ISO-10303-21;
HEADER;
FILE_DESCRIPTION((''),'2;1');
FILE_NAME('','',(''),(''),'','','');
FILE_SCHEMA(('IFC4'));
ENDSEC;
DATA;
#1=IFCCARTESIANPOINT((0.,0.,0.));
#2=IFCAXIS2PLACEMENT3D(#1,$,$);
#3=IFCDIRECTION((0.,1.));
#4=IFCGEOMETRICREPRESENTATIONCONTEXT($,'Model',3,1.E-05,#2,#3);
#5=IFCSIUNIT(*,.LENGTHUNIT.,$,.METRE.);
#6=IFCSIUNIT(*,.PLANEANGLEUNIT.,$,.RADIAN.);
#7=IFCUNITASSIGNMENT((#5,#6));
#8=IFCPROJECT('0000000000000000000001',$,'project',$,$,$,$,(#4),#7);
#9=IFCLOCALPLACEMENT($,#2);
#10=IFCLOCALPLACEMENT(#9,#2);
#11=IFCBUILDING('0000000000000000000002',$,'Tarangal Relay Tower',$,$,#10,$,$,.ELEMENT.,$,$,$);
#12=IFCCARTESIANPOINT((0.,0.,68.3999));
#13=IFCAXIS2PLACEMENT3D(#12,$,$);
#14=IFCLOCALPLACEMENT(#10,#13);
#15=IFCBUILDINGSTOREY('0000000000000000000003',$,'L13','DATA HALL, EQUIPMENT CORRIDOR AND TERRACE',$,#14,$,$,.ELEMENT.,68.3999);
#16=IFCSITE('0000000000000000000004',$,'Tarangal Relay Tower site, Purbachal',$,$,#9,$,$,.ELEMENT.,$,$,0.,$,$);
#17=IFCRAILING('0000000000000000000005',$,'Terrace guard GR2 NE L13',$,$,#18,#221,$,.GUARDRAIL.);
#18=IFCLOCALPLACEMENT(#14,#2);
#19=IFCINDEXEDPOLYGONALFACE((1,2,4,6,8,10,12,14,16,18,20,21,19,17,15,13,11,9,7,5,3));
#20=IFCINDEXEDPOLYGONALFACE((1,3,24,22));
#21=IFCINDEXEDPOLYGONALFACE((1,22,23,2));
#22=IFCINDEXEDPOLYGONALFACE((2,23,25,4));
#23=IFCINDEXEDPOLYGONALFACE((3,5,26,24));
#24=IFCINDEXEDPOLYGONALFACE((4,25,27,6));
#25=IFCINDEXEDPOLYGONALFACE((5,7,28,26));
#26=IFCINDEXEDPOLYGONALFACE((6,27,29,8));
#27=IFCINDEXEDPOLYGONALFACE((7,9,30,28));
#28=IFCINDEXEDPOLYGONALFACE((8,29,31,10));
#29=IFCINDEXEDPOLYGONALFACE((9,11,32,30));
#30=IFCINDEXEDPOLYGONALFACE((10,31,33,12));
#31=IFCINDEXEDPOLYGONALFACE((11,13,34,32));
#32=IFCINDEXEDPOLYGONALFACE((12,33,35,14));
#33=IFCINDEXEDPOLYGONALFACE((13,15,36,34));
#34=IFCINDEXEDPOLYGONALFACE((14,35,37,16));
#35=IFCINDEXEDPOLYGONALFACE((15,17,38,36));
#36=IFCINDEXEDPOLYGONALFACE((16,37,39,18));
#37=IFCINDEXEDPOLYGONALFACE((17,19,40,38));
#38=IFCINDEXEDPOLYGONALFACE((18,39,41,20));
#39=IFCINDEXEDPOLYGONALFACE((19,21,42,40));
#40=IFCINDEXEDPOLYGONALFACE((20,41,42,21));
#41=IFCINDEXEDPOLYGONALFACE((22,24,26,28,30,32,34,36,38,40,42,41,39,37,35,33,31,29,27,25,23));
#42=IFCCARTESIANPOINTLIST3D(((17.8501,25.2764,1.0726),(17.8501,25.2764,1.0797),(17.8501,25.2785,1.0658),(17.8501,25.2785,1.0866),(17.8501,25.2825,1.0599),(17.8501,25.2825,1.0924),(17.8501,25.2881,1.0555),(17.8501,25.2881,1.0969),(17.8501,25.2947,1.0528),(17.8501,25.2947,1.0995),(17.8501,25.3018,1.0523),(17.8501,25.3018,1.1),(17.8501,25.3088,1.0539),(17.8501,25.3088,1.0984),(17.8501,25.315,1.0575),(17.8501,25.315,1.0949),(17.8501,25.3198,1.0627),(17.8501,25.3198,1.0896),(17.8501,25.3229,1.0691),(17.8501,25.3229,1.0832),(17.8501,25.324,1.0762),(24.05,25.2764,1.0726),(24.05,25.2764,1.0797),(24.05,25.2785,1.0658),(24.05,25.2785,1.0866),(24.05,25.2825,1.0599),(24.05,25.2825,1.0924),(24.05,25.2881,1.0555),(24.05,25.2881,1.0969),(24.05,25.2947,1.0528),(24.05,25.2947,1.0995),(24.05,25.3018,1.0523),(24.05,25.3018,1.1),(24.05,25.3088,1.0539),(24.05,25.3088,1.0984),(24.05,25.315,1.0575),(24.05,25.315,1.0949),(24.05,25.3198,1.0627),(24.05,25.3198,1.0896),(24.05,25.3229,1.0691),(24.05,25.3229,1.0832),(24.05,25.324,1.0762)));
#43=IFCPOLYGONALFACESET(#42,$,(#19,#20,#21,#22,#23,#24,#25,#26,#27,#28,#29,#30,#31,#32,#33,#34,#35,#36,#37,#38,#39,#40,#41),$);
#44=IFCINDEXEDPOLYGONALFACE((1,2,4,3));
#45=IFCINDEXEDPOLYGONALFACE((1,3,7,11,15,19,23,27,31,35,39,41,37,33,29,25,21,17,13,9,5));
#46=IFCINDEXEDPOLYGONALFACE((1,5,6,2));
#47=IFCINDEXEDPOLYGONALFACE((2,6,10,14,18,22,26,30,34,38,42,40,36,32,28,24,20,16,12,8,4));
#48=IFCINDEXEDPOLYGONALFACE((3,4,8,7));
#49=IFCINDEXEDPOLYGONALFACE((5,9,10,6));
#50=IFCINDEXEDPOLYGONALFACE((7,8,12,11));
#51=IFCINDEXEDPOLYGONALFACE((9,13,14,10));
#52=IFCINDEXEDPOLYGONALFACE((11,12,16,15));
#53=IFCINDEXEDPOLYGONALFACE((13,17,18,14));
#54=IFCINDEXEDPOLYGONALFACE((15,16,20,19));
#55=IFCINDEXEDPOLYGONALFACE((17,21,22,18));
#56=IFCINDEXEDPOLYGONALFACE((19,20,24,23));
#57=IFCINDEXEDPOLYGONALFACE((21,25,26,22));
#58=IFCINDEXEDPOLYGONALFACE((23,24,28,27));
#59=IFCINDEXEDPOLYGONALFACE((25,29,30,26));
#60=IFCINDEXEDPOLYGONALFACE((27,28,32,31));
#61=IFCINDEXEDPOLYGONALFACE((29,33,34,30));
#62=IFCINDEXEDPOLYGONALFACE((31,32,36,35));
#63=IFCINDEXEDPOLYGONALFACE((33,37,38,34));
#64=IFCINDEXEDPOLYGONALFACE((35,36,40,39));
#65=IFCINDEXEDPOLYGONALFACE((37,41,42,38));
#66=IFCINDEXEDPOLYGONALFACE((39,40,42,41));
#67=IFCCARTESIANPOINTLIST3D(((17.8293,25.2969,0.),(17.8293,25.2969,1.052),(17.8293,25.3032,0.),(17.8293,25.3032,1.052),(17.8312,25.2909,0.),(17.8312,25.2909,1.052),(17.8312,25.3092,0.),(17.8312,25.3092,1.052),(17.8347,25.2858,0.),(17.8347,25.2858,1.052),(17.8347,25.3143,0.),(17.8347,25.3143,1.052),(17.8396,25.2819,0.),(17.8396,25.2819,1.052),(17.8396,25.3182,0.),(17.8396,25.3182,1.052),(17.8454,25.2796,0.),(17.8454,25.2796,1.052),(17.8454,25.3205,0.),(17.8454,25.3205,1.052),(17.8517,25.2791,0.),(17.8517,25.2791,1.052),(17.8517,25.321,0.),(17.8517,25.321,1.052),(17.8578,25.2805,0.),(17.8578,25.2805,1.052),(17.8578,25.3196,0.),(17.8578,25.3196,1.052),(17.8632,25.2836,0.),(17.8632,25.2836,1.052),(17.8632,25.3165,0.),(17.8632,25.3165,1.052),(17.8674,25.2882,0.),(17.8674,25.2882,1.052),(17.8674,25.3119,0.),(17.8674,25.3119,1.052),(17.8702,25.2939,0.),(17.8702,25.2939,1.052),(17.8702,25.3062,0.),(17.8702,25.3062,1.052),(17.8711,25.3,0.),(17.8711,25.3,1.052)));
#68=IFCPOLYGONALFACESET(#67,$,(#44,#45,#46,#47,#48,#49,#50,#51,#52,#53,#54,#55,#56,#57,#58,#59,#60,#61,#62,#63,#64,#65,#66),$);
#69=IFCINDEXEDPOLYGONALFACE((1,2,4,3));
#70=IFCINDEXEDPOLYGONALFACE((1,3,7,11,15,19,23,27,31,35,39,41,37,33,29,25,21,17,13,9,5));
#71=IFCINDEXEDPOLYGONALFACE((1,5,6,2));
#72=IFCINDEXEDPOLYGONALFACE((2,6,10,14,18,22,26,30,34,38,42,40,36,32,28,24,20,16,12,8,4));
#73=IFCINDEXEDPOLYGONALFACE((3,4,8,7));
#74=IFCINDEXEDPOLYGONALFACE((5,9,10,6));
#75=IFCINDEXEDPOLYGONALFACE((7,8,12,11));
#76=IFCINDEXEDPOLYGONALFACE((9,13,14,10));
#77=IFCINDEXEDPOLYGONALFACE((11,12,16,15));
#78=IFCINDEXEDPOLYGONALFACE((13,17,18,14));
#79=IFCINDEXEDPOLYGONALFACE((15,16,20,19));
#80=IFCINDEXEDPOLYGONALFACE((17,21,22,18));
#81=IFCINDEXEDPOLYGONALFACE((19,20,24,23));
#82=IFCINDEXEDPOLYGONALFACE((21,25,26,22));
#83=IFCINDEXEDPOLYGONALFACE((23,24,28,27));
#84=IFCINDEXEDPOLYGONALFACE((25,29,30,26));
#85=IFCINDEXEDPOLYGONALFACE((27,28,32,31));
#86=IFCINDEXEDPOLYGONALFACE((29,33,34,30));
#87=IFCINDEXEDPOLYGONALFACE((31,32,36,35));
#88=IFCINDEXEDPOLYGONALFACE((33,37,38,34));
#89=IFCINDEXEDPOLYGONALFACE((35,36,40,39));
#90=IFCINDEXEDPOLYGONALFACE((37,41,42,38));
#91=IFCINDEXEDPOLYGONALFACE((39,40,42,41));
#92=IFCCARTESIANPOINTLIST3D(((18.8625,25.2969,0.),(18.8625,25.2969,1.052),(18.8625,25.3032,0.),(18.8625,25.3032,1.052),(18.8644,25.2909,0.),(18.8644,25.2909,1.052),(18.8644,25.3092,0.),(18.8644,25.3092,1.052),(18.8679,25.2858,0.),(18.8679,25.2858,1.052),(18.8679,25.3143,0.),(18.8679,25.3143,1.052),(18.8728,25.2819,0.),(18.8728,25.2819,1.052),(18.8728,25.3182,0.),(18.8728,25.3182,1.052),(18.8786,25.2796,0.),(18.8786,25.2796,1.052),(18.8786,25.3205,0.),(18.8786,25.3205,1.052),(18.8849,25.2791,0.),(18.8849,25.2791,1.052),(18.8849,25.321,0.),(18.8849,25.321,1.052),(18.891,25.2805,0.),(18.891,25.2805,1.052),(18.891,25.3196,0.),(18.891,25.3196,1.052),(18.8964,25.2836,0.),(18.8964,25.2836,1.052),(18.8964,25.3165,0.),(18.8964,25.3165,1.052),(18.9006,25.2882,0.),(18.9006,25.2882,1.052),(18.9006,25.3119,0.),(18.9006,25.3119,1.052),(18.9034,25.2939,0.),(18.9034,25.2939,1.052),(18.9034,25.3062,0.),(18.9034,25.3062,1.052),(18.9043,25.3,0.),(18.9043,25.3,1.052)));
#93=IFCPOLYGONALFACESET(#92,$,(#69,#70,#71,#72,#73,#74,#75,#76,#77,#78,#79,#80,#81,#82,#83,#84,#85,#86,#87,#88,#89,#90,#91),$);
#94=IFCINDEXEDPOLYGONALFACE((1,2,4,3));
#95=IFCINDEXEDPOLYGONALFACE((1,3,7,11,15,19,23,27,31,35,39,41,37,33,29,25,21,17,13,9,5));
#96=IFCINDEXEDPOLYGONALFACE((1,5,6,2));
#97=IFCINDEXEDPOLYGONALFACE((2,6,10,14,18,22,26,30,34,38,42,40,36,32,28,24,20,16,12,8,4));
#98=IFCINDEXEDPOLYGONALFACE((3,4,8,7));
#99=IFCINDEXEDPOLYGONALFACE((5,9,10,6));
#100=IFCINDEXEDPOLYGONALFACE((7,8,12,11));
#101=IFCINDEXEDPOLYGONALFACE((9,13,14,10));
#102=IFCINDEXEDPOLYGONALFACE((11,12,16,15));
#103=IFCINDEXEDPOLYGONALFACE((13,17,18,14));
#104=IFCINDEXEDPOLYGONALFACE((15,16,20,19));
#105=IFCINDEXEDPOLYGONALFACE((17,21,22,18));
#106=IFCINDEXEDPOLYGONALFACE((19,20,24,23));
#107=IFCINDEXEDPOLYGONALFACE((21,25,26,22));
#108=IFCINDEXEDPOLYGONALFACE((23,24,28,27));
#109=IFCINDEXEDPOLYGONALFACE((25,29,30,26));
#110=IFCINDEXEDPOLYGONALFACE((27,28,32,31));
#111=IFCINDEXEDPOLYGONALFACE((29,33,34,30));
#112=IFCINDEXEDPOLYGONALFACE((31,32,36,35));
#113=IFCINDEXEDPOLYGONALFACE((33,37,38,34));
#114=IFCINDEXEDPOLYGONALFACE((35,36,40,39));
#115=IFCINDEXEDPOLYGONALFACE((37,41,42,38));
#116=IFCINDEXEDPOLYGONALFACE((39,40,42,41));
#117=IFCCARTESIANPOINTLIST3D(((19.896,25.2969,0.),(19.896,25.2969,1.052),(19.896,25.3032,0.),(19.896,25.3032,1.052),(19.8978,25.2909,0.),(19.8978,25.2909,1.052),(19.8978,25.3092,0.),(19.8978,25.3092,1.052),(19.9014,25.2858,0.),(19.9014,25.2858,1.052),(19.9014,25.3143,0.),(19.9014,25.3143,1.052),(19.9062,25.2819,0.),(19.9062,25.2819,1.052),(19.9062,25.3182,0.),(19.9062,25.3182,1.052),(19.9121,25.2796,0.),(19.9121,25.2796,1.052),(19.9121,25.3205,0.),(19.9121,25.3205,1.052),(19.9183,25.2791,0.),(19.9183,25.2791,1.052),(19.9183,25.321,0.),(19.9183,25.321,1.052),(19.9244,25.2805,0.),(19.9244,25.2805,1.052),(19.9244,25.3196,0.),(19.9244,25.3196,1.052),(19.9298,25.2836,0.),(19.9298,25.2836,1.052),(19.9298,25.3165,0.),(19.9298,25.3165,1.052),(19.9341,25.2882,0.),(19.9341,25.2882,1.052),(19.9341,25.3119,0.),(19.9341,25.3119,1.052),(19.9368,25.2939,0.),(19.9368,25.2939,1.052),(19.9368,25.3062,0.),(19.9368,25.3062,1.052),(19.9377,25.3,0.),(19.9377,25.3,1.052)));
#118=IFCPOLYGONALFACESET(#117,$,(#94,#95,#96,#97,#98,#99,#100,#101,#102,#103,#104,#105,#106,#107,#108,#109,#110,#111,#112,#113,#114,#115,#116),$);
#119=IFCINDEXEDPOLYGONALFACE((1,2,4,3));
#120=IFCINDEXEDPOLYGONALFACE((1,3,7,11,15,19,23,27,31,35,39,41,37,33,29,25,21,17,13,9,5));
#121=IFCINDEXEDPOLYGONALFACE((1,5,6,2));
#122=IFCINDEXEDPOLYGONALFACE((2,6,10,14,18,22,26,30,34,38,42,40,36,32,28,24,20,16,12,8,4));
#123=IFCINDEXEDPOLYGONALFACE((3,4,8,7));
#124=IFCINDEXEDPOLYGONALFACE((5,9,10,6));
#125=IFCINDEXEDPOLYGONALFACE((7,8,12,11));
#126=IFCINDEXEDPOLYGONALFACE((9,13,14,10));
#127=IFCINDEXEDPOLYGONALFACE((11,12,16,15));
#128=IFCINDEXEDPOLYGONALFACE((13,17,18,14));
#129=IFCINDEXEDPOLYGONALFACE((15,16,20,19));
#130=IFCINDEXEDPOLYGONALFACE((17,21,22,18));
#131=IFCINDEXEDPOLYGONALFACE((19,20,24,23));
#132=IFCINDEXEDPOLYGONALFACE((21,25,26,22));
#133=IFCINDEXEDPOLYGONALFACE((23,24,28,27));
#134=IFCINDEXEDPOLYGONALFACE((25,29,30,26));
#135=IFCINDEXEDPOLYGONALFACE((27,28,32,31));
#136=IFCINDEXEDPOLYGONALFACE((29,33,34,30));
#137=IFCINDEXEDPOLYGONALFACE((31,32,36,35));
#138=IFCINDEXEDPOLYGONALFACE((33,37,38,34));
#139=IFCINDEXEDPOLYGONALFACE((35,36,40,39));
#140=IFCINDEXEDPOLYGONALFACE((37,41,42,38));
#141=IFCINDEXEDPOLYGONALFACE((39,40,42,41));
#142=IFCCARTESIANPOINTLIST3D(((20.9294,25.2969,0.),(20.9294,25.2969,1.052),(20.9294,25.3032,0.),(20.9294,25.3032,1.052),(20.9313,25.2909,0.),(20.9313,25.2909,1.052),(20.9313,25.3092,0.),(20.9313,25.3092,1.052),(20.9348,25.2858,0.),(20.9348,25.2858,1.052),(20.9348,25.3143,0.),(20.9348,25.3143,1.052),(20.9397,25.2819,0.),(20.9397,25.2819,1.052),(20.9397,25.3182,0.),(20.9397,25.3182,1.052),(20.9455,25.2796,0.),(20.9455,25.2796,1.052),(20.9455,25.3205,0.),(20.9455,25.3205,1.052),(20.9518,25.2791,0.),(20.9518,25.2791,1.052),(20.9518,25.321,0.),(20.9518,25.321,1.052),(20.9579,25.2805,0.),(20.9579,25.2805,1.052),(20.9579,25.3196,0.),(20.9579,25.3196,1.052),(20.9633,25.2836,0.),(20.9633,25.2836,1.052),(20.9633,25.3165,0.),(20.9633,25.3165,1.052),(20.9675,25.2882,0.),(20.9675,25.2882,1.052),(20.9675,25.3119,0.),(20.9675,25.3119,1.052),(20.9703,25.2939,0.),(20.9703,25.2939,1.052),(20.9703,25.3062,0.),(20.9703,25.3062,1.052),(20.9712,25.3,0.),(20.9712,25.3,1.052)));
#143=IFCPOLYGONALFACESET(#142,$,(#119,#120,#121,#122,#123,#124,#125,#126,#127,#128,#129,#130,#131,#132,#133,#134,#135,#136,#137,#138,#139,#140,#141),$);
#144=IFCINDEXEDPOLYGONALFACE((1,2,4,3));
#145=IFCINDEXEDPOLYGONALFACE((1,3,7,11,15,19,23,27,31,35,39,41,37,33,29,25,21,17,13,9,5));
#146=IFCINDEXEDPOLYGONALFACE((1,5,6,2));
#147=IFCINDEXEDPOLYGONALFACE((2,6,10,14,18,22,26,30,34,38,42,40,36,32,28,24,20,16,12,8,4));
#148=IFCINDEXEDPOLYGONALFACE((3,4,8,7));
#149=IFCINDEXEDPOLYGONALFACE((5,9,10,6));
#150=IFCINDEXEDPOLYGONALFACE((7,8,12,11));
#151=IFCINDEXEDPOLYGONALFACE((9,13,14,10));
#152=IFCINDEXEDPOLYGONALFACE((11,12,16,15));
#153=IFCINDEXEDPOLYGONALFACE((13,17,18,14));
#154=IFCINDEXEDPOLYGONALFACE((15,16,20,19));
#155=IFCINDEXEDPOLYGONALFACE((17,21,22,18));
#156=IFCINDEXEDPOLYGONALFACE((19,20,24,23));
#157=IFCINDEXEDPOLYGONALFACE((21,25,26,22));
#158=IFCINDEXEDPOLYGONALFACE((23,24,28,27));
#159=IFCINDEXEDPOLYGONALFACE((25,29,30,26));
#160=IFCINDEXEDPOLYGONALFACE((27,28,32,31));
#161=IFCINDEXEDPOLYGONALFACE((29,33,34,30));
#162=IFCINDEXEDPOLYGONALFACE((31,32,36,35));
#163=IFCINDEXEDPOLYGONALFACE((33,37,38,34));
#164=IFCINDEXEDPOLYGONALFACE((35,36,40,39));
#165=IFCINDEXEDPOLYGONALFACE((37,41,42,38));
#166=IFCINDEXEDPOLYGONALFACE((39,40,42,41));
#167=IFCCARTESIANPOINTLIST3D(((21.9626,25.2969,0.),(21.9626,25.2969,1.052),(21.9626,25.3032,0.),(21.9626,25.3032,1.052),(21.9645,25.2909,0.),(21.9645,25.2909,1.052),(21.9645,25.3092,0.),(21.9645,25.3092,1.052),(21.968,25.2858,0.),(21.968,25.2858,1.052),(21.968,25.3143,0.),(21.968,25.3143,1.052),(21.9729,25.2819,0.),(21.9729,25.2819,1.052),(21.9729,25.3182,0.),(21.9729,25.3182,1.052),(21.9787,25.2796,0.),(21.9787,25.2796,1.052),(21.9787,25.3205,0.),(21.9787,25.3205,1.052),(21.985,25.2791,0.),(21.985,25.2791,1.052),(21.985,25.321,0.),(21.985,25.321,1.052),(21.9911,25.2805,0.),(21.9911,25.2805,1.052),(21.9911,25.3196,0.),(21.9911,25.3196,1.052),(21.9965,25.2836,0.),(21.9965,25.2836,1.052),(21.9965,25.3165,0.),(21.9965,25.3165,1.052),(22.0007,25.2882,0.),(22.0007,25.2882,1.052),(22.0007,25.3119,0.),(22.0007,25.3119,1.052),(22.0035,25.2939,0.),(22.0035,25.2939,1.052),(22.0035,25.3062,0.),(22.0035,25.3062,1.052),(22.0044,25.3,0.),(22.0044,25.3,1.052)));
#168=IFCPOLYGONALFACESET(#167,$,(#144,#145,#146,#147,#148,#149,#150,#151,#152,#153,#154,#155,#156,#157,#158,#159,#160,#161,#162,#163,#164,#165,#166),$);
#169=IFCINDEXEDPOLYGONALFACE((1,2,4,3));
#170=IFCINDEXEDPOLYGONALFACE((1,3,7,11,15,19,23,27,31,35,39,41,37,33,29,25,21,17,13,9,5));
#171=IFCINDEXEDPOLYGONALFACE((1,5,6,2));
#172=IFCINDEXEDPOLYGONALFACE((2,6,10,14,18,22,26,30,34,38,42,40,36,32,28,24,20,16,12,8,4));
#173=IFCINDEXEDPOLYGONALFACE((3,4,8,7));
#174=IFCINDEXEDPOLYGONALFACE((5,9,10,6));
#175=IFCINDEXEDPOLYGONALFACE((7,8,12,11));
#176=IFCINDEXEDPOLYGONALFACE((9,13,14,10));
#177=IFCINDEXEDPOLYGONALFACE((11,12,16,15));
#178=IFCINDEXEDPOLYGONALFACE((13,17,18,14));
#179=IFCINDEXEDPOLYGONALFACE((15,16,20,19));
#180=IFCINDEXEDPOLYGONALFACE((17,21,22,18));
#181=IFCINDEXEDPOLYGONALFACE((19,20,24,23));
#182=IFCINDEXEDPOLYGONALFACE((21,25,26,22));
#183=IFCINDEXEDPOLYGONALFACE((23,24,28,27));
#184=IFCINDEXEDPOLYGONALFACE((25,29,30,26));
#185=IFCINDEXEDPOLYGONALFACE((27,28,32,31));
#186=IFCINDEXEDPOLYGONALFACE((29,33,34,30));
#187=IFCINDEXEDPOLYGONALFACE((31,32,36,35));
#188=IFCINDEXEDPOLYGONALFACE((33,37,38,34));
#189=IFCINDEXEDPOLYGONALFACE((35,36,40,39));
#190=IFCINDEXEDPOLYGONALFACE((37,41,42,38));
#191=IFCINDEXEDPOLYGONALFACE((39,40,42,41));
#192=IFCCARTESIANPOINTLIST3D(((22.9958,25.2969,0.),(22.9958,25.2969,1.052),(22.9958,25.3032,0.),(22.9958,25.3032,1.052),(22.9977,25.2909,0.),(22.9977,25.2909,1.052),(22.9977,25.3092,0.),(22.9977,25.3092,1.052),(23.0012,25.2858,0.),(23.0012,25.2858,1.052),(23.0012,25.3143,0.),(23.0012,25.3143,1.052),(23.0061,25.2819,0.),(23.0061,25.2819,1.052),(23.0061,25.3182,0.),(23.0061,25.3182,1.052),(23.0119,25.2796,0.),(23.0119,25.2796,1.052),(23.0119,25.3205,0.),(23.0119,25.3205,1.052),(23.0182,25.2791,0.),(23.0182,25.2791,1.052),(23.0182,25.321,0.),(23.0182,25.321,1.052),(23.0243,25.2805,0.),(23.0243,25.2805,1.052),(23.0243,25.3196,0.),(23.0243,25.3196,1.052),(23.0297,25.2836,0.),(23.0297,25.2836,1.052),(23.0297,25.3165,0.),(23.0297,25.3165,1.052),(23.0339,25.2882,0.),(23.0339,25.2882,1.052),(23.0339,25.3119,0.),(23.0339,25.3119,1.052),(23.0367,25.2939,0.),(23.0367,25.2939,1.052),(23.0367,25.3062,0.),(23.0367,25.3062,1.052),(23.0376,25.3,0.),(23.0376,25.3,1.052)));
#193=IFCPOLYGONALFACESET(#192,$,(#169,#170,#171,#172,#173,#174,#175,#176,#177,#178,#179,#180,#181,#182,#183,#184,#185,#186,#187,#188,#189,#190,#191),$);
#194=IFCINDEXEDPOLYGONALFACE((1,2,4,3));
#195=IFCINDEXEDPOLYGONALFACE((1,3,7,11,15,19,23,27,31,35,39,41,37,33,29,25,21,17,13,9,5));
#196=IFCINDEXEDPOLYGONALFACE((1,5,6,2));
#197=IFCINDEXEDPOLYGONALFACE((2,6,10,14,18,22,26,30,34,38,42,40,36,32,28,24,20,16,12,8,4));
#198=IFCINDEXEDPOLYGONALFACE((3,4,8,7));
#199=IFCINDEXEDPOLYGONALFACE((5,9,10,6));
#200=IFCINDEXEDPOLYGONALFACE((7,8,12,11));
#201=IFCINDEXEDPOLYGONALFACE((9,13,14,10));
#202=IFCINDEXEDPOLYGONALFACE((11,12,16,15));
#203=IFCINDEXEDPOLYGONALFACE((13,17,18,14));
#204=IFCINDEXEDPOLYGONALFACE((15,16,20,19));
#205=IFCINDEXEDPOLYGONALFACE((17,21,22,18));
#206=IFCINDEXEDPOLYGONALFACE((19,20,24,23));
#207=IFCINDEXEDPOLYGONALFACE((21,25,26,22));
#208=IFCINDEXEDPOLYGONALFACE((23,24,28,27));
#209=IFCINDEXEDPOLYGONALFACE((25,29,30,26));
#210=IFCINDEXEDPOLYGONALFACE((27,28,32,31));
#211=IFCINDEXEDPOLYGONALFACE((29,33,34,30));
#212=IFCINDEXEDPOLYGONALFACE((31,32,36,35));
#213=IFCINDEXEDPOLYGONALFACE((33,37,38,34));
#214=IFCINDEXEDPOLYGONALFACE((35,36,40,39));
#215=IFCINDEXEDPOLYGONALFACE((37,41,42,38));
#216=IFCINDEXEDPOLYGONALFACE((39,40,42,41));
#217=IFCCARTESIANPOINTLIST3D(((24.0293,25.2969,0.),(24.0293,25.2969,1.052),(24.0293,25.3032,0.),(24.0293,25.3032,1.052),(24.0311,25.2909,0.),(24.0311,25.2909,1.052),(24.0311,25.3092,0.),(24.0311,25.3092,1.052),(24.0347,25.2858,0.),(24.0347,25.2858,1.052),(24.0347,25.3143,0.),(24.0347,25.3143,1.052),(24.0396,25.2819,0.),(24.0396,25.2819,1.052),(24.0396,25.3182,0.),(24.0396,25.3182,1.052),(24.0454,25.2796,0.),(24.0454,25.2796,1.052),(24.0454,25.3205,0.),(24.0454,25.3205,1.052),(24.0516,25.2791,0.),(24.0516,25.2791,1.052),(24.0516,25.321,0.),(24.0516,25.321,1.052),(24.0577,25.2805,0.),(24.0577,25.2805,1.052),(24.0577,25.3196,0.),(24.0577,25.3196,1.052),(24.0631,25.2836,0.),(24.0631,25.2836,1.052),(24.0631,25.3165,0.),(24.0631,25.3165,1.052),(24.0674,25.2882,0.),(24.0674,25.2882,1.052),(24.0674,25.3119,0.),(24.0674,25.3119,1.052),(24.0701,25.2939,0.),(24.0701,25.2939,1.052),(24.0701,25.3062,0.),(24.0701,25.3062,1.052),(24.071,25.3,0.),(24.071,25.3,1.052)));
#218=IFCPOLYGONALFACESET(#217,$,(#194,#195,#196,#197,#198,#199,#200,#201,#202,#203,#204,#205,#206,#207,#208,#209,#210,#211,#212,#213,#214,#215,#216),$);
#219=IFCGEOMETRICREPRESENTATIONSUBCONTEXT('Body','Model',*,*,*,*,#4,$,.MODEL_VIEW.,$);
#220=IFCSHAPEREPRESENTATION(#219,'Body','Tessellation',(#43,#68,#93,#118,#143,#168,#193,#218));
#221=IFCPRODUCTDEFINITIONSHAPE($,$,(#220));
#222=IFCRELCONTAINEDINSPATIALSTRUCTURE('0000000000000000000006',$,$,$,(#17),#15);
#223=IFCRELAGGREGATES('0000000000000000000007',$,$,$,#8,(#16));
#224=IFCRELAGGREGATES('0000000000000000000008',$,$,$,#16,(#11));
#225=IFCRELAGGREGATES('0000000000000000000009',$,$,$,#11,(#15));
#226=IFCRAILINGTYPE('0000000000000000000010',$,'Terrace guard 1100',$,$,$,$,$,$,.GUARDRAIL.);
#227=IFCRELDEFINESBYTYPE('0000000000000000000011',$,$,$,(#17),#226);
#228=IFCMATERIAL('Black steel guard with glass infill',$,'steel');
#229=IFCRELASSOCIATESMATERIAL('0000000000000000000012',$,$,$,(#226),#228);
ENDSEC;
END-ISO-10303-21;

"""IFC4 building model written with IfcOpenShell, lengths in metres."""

from ifc_helpers import new_model, si_unit, direction, frame, origin, origin_2d, place, context, subcontext, project, spatial, circle, extrude, material, type_object, element, save


model = new_model("IFC4")

# Units and contexts
model_context = context("Model", 3, precision=1e-05, world=origin(), true_north=direction((0.0, 1.0)))
body_context = subcontext(model_context, "Body", "Model", "MODEL_VIEW")
ifc_project = project(units=[si_unit("LENGTHUNIT", "METRE"), si_unit("PLANEANGLEUNIT", "RADIAN")], contexts=[model_context])

# Site, building, storey
site_placement = place(None, origin())
site = spatial("IfcSite", under=ifc_project, at=site_placement, Name="Tarangal Relay Tower site, Purbachal", CompositionType="ELEMENT", RefElevation=0.0)
building_placement = place(site_placement, origin())
building = spatial("IfcBuilding", under=site, at=building_placement, Name="Tarangal Relay Tower", CompositionType="ELEMENT")
storey_placement = place(building_placement, frame((0.0, 0.0, 68.3999)))
storey = spatial("IfcBuildingStorey", under=building, at=storey_placement, Name="L13", Description="DATA HALL, EQUIPMENT CORRIDOR AND TERRACE", CompositionType="ELEMENT", Elevation=68.3999)

# Railing
ifc_material_1 = material(Name="Black steel guard with glass infill", Category="steel")
railing_type_1 = type_object("IfcRailingType", Name="Terrace guard 1100", PredefinedType="GUARDRAIL", material=ifc_material_1)
railing_1_placement = place(storey_placement, frame((17.8501, 25.3, 0.0)))
element("IfcRailing", 1, at=railing_1_placement, inside=storey, type_object=railing_type_1, Name="Terrace guard GR2 NE L13", PredefinedType="GUARDRAIL", context=body_context, shape_type="SweptSolid", body=[
    extrude(circle(Radius=0.0239, at=origin_2d()), frame((0.0, 0.0, 1.0762), z_axis=(1.0, 0.0, 0.0), x_axis=(0.0, 1.0, 0.0)), (0.0, 0.0, 1.0), 6.2),
    extrude(circle(Radius=0.021, at=origin_2d()), origin(), (0.0, 0.0, 1.0), 1.052),
    extrude(circle(Radius=0.021, at=origin_2d()), frame((1.0332, 0.0, 0.0)), (0.0, 0.0, 1.0), 1.052),
    extrude(circle(Radius=0.021, at=origin_2d()), frame((2.0667, 0.0, 0.0)), (0.0, 0.0, 1.0), 1.052),
    extrude(circle(Radius=0.021, at=origin_2d()), frame((3.1001, 0.0, 0.0)), (0.0, 0.0, 1.0), 1.052),
    extrude(circle(Radius=0.021, at=origin_2d()), frame((4.1333, 0.0, 0.0)), (0.0, 0.0, 1.0), 1.052),
    extrude(circle(Radius=0.021, at=origin_2d()), frame((5.1665, 0.0, 0.0)), (0.0, 0.0, 1.0), 1.052),
    extrude(circle(Radius=0.021, at=origin_2d()), frame((6.2, 0.0, 0.0)), (0.0, 0.0, 1.0), 1.052),
])

save(model, "model.ifc")
